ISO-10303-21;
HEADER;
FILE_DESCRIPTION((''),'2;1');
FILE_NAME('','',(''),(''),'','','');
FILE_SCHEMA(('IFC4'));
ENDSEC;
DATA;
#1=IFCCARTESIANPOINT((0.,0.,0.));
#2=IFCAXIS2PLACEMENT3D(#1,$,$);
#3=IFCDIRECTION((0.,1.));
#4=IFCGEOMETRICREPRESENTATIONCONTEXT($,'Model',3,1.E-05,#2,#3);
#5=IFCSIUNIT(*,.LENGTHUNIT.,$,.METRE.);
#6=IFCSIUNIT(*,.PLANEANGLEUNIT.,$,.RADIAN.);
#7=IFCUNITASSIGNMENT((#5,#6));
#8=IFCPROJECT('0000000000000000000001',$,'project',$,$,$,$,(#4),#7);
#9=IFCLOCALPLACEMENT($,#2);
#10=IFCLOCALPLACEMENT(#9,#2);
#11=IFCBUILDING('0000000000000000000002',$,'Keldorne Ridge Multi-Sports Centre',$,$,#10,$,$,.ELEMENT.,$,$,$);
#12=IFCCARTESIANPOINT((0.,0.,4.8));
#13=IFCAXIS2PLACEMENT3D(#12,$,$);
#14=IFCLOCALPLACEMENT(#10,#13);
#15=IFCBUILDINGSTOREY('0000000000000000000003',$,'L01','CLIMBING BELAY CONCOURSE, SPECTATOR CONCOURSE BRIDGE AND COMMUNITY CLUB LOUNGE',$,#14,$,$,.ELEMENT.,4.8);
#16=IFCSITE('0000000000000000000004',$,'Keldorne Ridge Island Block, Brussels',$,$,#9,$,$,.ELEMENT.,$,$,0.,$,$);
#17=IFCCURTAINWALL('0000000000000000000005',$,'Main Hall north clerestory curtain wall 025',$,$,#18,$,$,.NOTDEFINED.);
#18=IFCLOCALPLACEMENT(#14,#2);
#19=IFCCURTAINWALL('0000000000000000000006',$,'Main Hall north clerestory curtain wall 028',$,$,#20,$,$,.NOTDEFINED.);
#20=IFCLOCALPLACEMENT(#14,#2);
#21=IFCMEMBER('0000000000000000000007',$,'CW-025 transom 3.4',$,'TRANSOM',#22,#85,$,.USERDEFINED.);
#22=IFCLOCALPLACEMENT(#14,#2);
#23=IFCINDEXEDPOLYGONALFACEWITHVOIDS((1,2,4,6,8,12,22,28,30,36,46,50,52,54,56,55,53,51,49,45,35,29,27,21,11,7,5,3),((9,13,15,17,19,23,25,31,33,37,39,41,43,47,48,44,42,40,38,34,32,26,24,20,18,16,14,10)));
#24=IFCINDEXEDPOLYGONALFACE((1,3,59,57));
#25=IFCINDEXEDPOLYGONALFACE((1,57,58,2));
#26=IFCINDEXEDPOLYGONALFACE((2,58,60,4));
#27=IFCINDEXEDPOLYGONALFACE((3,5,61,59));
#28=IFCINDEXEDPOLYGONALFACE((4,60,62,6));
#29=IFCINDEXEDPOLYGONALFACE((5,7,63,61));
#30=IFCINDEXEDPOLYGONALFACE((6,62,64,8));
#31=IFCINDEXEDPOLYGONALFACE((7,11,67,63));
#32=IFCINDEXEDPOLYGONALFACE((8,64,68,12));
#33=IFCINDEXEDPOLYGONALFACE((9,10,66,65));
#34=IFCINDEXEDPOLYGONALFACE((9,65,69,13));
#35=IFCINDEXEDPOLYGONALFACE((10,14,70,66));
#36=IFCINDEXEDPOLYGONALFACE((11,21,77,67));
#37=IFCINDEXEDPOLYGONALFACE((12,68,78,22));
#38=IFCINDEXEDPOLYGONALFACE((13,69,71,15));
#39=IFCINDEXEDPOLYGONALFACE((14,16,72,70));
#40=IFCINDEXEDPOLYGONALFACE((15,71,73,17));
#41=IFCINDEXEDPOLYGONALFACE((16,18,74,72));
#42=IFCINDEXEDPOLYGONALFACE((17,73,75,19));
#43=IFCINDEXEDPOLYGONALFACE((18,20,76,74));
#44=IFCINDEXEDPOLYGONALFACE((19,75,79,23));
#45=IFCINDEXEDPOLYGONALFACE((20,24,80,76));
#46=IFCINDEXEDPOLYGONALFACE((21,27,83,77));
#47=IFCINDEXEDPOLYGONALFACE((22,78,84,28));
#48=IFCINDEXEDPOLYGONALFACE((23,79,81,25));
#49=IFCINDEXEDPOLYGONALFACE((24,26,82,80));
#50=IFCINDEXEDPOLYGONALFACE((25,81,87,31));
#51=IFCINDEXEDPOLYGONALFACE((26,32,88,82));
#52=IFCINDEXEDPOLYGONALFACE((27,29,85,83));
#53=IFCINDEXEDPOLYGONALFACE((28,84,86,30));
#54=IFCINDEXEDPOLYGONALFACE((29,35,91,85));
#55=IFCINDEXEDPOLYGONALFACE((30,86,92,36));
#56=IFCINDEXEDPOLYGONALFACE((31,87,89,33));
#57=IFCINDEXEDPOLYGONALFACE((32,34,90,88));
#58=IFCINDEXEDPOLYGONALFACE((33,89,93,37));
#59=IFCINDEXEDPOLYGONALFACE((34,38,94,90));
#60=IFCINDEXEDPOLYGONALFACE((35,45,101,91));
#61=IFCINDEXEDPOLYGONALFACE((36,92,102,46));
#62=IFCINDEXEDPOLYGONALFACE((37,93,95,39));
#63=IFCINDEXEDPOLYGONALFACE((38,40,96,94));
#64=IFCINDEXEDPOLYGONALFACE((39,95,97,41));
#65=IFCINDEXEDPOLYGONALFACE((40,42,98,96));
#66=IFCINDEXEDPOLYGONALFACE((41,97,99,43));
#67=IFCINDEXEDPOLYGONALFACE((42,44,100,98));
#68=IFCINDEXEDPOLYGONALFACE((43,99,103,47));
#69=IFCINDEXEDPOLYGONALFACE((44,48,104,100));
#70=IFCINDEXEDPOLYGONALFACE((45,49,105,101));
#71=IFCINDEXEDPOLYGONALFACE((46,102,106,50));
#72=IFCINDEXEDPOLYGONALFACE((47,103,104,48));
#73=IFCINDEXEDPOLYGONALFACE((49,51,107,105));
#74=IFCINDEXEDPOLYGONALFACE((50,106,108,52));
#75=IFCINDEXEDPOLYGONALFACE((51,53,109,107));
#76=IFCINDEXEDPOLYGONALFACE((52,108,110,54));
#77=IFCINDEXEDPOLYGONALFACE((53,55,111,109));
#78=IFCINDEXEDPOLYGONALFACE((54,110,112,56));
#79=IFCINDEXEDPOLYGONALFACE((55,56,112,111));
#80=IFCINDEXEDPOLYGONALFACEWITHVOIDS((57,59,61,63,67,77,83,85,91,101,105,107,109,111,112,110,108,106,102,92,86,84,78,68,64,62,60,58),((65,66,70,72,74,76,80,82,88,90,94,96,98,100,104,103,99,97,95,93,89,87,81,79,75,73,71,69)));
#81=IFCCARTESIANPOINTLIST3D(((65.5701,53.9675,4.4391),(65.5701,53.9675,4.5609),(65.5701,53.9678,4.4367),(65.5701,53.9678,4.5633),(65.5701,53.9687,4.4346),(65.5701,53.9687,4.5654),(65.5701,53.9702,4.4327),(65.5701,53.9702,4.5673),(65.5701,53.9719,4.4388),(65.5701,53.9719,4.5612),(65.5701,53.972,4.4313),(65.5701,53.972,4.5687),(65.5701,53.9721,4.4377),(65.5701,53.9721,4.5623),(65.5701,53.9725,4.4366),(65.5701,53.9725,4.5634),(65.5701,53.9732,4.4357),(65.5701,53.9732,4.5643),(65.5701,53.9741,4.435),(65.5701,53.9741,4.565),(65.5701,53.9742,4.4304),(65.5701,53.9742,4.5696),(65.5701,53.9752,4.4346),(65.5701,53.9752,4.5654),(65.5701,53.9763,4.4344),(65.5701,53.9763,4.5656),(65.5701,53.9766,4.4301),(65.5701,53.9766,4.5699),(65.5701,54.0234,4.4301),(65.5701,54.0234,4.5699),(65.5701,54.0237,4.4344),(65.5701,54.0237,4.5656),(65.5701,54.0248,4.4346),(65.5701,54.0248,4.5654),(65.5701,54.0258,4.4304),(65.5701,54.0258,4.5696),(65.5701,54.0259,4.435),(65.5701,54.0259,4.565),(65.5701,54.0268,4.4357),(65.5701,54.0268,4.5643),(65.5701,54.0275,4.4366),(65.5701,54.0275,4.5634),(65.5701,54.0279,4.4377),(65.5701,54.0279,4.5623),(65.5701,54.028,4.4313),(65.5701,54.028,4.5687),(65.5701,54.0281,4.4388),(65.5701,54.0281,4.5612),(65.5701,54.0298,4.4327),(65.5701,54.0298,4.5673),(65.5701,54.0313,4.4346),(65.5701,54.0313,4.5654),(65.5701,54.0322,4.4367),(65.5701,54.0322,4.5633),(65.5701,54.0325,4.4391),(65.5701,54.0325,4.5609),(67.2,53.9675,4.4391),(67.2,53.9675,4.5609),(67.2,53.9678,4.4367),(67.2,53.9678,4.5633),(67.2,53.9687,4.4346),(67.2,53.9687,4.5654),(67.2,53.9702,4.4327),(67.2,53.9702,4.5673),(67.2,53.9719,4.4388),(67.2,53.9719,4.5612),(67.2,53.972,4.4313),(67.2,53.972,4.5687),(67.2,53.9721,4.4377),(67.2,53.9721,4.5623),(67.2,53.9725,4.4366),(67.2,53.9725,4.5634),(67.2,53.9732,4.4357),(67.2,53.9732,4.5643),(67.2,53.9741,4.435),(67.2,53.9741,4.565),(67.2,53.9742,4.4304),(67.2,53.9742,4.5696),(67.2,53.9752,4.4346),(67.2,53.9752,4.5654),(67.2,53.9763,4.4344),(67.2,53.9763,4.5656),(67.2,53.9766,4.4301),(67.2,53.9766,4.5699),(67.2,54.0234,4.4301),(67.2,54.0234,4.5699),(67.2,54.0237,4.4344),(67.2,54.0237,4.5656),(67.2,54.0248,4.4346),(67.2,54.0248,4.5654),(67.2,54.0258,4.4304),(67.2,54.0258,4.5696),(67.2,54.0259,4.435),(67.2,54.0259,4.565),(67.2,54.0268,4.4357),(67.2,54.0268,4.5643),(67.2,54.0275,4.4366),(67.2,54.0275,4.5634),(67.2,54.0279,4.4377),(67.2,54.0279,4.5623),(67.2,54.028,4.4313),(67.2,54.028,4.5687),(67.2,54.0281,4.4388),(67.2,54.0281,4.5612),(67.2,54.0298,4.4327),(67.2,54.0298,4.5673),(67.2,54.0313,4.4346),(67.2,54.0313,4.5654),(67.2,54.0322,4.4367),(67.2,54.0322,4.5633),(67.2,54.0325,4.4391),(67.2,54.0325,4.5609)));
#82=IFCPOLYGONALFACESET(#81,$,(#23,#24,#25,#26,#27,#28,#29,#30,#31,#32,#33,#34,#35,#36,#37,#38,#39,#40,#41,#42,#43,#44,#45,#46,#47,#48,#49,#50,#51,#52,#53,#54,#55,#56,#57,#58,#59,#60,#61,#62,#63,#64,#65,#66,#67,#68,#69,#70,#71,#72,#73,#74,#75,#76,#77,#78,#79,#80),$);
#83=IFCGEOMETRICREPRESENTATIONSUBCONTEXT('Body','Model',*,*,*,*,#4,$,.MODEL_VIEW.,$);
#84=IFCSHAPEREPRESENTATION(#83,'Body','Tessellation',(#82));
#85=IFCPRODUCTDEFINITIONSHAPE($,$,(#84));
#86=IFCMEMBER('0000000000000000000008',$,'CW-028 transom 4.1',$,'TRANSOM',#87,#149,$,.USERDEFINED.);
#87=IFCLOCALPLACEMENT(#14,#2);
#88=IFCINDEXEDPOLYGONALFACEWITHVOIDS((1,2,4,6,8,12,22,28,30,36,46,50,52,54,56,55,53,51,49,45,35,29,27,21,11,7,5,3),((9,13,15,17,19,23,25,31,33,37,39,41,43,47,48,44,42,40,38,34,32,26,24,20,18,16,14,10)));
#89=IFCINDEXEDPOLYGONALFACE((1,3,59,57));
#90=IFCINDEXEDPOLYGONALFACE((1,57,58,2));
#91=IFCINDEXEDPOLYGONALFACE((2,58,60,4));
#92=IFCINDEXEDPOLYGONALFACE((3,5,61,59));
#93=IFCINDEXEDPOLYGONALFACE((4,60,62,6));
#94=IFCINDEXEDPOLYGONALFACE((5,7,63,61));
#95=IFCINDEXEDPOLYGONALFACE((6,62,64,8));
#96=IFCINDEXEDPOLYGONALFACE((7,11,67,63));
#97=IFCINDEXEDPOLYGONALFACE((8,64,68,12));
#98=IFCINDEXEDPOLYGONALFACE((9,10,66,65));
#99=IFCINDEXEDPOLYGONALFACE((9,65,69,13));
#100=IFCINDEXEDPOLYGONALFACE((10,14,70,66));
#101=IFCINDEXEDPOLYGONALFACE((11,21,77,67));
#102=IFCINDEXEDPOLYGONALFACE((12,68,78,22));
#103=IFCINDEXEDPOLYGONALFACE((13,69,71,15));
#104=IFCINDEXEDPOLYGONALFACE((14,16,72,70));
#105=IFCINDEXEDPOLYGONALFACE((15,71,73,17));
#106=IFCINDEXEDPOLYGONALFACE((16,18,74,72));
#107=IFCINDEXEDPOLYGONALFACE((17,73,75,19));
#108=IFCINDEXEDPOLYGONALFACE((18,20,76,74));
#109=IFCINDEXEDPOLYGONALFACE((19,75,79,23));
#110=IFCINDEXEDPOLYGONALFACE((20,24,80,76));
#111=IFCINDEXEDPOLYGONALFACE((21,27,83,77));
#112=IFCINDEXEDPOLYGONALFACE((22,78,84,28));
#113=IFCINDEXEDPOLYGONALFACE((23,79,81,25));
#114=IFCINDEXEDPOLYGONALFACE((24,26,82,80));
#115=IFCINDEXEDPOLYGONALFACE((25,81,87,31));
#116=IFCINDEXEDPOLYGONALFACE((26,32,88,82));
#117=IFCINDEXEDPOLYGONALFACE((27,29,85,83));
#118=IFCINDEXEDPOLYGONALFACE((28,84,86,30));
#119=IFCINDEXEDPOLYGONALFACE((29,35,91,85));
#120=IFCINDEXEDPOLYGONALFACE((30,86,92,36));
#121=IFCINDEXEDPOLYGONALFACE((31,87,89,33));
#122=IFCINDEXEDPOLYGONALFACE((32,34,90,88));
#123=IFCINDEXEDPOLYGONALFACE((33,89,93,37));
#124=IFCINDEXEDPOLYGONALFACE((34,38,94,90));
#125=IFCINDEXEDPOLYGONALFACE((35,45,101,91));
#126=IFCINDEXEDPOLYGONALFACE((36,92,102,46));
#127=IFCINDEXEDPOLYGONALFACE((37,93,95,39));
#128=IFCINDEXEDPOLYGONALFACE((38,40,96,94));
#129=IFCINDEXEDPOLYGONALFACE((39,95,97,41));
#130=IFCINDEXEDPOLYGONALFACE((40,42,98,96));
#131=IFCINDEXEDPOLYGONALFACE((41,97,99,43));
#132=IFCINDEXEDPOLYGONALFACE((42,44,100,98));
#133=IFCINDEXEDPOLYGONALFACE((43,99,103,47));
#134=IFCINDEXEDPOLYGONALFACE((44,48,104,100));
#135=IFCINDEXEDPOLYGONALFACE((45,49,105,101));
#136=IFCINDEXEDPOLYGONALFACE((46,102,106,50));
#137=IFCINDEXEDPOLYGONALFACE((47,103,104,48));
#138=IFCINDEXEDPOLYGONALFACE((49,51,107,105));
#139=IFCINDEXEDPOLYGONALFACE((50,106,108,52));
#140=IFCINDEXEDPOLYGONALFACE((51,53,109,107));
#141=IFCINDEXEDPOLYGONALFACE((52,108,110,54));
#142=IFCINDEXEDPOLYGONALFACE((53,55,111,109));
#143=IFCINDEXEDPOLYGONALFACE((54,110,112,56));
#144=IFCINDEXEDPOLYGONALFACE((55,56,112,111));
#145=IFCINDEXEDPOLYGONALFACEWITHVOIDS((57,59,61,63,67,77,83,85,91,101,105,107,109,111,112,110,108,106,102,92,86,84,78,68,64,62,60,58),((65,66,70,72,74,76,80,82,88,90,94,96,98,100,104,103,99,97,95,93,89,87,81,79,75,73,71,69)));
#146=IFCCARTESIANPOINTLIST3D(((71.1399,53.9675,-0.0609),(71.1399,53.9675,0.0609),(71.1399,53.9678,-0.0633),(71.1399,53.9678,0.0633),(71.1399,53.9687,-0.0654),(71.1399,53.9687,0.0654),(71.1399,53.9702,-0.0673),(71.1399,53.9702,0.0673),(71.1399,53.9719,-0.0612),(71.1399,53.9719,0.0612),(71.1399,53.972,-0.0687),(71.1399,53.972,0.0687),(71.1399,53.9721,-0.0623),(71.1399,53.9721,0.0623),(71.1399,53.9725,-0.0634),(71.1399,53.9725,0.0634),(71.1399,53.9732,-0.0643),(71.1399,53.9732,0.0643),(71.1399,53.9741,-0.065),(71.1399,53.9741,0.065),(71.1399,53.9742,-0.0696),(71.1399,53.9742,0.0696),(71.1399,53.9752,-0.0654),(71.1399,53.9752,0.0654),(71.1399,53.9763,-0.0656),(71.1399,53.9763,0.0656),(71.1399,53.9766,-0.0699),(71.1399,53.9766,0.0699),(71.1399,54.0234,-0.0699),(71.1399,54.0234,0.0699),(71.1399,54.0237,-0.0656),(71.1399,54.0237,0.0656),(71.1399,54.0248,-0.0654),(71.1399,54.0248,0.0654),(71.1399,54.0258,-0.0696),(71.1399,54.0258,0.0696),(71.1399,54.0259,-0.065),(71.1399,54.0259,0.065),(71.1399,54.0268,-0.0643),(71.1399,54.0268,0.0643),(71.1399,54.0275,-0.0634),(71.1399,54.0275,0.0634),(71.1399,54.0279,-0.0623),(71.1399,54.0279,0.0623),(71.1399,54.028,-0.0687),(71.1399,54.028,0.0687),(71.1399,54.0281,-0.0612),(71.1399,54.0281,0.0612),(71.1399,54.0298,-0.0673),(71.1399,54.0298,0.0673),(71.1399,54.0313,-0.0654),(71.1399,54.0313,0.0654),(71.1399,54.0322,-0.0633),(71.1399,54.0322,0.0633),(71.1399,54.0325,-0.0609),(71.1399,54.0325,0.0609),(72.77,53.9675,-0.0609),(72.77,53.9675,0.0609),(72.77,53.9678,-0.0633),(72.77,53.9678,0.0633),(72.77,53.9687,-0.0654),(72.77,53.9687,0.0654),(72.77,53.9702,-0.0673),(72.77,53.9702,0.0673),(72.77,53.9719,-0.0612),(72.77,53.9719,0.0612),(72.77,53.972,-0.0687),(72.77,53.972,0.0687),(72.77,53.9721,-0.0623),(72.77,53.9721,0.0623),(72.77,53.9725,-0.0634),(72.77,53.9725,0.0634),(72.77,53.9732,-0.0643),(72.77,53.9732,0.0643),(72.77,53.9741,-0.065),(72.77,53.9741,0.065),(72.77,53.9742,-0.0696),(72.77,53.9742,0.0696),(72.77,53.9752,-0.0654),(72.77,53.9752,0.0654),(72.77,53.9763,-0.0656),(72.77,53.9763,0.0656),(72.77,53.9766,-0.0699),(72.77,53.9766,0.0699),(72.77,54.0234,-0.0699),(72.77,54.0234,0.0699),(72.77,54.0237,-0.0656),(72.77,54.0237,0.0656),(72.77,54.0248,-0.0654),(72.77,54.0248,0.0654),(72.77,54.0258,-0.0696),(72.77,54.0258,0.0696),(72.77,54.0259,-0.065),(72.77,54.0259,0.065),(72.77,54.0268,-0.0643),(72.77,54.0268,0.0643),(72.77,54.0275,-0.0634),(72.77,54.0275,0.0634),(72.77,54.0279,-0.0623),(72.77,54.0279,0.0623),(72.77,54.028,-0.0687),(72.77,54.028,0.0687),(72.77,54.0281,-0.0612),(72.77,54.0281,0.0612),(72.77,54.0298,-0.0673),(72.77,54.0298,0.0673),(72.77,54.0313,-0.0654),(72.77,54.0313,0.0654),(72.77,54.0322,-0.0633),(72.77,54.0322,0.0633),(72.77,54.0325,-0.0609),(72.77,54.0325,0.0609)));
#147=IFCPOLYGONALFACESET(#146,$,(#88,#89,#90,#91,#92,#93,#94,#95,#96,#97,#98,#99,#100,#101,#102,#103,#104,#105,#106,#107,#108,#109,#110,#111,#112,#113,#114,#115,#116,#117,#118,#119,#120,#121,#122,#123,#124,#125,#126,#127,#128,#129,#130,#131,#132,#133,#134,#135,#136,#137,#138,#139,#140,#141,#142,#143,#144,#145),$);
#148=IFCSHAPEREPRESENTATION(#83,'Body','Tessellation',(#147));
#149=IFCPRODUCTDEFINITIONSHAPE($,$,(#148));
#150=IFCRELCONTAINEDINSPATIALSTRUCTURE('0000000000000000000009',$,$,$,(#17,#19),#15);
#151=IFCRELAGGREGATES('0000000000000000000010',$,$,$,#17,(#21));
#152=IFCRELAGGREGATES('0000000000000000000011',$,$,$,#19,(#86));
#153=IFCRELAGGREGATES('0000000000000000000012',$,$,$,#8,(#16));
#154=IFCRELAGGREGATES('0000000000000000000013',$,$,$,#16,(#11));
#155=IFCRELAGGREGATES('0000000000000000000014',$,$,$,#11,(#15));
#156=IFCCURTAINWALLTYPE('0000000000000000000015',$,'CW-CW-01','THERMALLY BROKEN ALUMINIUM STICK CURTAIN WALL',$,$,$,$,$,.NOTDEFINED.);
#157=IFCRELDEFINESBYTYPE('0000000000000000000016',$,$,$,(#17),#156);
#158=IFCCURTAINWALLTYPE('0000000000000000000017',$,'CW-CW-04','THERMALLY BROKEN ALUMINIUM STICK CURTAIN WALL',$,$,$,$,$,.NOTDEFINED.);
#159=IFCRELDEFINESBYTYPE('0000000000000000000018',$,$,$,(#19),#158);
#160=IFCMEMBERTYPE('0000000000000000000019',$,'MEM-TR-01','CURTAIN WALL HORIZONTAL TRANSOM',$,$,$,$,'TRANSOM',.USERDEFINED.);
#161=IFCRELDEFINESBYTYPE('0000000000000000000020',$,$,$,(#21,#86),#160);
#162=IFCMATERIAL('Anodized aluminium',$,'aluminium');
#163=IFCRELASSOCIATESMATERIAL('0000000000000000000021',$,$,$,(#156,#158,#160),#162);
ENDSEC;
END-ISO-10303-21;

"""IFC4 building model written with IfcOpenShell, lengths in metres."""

from ifc_helpers import new_model, si_unit, direction, frame, origin, origin_2d, place, context, subcontext, project, spatial, hollow_rectangle, extrude, material, material_profile, profile_set, type_object, element, aggregate, save


model = new_model("IFC4")

# Units and contexts
model_context = context("Model", 3, precision=1e-05, world=origin(), true_north=direction((0.0, 1.0)))
body_context = subcontext(model_context, "Body", "Model", "MODEL_VIEW")
ifc_project = project(units=[si_unit("LENGTHUNIT", "METRE"), si_unit("PLANEANGLEUNIT", "RADIAN")], contexts=[model_context])

# Site, building, storey
site_placement = place(None, origin())
site = spatial("IfcSite", under=ifc_project, at=site_placement, Name="Keldorne Ridge Island Block, Brussels", CompositionType="ELEMENT", RefElevation=0.0)
building_placement = place(site_placement, origin())
building = spatial("IfcBuilding", under=site, at=building_placement, Name="Keldorne Ridge Multi-Sports Centre", CompositionType="ELEMENT")
storey_placement = place(building_placement, frame((0.0, 0.0, 4.8)))
storey = spatial("IfcBuildingStorey", under=building, at=storey_placement, Name="L01", Description="CLIMBING BELAY CONCOURSE, SPECTATOR CONCOURSE BRIDGE AND COMMUNITY CLUB LOUNGE", CompositionType="ELEMENT", Elevation=4.8)

# Curtain walls
ifc_material_1 = material(Name="Anodized aluminium", Category="aluminium")
curtain_wall_type_1 = type_object("IfcCurtainWallType", Name="CW-CW-01", Description="THERMALLY BROKEN ALUMINIUM STICK CURTAIN WALL", PredefinedType="NOTDEFINED", material=ifc_material_1)
curtain_wall_1_placement = place(storey_placement, origin())
curtain_wall_1 = element("IfcCurtainWall", 1, at=curtain_wall_1_placement, inside=storey, type_object=curtain_wall_type_1, Name="Main Hall north clerestory curtain wall 025", PredefinedType="NOTDEFINED")
curtain_wall_type_2 = type_object("IfcCurtainWallType", Name="CW-CW-04", Description="THERMALLY BROKEN ALUMINIUM STICK CURTAIN WALL", PredefinedType="NOTDEFINED", material=ifc_material_1)
curtain_wall_2_placement = place(storey_placement, origin())
curtain_wall_2 = element("IfcCurtainWall", 2, at=curtain_wall_2_placement, inside=storey, type_object=curtain_wall_type_2, Name="Main Hall north clerestory curtain wall 028", PredefinedType="NOTDEFINED")

# Members
ifc_material_profile_1 = material_profile(ifc_material_1, hollow_rectangle(XDim=0.0649, YDim=0.1399, WallThickness=0.0044, InnerFilletRadius=0.0044, OuterFilletRadius=0.009, at=origin_2d()), Name="ALU TRANSOM 140x65x4.5")
ifc_profile_set_1 = profile_set([ifc_material_profile_1], Name="Anodized aluminium")
member_type_1 = type_object("IfcMemberType", Name="MEM-TR-01", Description="CURTAIN WALL HORIZONTAL TRANSOM", ElementType="TRANSOM", PredefinedType="USERDEFINED", material=ifc_profile_set_1)
member_1_placement = place(storey_placement, frame((67.2, 54.0, 4.5), z_axis=(-1.0, 0.0, 0.0), x_axis=(0.0, -1.0, 0.0)))
member_1 = element("IfcMember", 3, at=member_1_placement, type_object=member_type_1, Name="CW-025 transom 3.4", ObjectType="TRANSOM", PredefinedType="USERDEFINED", context=body_context, shape_type="SweptSolid", body=[
    extrude(hollow_rectangle(XDim=0.0649, YDim=0.1399, WallThickness=0.0044, InnerFilletRadius=0.0044, OuterFilletRadius=0.009, at=origin_2d()), origin(), (0.0, 0.0, 1.0), 1.6299),
])
member_2_placement = place(storey_placement, frame((72.77, 54.0, 0.0), z_axis=(-1.0, 0.0, 0.0), x_axis=(0.0, -1.0, 0.0)))
member_2 = element("IfcMember", 4, at=member_2_placement, type_object=member_type_1, Name="CW-028 transom 4.1", ObjectType="TRANSOM", PredefinedType="USERDEFINED", context=body_context, shape_type="SweptSolid", body=[
    extrude(hollow_rectangle(XDim=0.0649, YDim=0.1399, WallThickness=0.0044, InnerFilletRadius=0.0044, OuterFilletRadius=0.009, at=origin_2d()), origin(), (0.0, 0.0, 1.0), 1.6301),
])

aggregate(curtain_wall_1, [member_1])
aggregate(curtain_wall_2, [member_2])

save(model, "model.ifc")
